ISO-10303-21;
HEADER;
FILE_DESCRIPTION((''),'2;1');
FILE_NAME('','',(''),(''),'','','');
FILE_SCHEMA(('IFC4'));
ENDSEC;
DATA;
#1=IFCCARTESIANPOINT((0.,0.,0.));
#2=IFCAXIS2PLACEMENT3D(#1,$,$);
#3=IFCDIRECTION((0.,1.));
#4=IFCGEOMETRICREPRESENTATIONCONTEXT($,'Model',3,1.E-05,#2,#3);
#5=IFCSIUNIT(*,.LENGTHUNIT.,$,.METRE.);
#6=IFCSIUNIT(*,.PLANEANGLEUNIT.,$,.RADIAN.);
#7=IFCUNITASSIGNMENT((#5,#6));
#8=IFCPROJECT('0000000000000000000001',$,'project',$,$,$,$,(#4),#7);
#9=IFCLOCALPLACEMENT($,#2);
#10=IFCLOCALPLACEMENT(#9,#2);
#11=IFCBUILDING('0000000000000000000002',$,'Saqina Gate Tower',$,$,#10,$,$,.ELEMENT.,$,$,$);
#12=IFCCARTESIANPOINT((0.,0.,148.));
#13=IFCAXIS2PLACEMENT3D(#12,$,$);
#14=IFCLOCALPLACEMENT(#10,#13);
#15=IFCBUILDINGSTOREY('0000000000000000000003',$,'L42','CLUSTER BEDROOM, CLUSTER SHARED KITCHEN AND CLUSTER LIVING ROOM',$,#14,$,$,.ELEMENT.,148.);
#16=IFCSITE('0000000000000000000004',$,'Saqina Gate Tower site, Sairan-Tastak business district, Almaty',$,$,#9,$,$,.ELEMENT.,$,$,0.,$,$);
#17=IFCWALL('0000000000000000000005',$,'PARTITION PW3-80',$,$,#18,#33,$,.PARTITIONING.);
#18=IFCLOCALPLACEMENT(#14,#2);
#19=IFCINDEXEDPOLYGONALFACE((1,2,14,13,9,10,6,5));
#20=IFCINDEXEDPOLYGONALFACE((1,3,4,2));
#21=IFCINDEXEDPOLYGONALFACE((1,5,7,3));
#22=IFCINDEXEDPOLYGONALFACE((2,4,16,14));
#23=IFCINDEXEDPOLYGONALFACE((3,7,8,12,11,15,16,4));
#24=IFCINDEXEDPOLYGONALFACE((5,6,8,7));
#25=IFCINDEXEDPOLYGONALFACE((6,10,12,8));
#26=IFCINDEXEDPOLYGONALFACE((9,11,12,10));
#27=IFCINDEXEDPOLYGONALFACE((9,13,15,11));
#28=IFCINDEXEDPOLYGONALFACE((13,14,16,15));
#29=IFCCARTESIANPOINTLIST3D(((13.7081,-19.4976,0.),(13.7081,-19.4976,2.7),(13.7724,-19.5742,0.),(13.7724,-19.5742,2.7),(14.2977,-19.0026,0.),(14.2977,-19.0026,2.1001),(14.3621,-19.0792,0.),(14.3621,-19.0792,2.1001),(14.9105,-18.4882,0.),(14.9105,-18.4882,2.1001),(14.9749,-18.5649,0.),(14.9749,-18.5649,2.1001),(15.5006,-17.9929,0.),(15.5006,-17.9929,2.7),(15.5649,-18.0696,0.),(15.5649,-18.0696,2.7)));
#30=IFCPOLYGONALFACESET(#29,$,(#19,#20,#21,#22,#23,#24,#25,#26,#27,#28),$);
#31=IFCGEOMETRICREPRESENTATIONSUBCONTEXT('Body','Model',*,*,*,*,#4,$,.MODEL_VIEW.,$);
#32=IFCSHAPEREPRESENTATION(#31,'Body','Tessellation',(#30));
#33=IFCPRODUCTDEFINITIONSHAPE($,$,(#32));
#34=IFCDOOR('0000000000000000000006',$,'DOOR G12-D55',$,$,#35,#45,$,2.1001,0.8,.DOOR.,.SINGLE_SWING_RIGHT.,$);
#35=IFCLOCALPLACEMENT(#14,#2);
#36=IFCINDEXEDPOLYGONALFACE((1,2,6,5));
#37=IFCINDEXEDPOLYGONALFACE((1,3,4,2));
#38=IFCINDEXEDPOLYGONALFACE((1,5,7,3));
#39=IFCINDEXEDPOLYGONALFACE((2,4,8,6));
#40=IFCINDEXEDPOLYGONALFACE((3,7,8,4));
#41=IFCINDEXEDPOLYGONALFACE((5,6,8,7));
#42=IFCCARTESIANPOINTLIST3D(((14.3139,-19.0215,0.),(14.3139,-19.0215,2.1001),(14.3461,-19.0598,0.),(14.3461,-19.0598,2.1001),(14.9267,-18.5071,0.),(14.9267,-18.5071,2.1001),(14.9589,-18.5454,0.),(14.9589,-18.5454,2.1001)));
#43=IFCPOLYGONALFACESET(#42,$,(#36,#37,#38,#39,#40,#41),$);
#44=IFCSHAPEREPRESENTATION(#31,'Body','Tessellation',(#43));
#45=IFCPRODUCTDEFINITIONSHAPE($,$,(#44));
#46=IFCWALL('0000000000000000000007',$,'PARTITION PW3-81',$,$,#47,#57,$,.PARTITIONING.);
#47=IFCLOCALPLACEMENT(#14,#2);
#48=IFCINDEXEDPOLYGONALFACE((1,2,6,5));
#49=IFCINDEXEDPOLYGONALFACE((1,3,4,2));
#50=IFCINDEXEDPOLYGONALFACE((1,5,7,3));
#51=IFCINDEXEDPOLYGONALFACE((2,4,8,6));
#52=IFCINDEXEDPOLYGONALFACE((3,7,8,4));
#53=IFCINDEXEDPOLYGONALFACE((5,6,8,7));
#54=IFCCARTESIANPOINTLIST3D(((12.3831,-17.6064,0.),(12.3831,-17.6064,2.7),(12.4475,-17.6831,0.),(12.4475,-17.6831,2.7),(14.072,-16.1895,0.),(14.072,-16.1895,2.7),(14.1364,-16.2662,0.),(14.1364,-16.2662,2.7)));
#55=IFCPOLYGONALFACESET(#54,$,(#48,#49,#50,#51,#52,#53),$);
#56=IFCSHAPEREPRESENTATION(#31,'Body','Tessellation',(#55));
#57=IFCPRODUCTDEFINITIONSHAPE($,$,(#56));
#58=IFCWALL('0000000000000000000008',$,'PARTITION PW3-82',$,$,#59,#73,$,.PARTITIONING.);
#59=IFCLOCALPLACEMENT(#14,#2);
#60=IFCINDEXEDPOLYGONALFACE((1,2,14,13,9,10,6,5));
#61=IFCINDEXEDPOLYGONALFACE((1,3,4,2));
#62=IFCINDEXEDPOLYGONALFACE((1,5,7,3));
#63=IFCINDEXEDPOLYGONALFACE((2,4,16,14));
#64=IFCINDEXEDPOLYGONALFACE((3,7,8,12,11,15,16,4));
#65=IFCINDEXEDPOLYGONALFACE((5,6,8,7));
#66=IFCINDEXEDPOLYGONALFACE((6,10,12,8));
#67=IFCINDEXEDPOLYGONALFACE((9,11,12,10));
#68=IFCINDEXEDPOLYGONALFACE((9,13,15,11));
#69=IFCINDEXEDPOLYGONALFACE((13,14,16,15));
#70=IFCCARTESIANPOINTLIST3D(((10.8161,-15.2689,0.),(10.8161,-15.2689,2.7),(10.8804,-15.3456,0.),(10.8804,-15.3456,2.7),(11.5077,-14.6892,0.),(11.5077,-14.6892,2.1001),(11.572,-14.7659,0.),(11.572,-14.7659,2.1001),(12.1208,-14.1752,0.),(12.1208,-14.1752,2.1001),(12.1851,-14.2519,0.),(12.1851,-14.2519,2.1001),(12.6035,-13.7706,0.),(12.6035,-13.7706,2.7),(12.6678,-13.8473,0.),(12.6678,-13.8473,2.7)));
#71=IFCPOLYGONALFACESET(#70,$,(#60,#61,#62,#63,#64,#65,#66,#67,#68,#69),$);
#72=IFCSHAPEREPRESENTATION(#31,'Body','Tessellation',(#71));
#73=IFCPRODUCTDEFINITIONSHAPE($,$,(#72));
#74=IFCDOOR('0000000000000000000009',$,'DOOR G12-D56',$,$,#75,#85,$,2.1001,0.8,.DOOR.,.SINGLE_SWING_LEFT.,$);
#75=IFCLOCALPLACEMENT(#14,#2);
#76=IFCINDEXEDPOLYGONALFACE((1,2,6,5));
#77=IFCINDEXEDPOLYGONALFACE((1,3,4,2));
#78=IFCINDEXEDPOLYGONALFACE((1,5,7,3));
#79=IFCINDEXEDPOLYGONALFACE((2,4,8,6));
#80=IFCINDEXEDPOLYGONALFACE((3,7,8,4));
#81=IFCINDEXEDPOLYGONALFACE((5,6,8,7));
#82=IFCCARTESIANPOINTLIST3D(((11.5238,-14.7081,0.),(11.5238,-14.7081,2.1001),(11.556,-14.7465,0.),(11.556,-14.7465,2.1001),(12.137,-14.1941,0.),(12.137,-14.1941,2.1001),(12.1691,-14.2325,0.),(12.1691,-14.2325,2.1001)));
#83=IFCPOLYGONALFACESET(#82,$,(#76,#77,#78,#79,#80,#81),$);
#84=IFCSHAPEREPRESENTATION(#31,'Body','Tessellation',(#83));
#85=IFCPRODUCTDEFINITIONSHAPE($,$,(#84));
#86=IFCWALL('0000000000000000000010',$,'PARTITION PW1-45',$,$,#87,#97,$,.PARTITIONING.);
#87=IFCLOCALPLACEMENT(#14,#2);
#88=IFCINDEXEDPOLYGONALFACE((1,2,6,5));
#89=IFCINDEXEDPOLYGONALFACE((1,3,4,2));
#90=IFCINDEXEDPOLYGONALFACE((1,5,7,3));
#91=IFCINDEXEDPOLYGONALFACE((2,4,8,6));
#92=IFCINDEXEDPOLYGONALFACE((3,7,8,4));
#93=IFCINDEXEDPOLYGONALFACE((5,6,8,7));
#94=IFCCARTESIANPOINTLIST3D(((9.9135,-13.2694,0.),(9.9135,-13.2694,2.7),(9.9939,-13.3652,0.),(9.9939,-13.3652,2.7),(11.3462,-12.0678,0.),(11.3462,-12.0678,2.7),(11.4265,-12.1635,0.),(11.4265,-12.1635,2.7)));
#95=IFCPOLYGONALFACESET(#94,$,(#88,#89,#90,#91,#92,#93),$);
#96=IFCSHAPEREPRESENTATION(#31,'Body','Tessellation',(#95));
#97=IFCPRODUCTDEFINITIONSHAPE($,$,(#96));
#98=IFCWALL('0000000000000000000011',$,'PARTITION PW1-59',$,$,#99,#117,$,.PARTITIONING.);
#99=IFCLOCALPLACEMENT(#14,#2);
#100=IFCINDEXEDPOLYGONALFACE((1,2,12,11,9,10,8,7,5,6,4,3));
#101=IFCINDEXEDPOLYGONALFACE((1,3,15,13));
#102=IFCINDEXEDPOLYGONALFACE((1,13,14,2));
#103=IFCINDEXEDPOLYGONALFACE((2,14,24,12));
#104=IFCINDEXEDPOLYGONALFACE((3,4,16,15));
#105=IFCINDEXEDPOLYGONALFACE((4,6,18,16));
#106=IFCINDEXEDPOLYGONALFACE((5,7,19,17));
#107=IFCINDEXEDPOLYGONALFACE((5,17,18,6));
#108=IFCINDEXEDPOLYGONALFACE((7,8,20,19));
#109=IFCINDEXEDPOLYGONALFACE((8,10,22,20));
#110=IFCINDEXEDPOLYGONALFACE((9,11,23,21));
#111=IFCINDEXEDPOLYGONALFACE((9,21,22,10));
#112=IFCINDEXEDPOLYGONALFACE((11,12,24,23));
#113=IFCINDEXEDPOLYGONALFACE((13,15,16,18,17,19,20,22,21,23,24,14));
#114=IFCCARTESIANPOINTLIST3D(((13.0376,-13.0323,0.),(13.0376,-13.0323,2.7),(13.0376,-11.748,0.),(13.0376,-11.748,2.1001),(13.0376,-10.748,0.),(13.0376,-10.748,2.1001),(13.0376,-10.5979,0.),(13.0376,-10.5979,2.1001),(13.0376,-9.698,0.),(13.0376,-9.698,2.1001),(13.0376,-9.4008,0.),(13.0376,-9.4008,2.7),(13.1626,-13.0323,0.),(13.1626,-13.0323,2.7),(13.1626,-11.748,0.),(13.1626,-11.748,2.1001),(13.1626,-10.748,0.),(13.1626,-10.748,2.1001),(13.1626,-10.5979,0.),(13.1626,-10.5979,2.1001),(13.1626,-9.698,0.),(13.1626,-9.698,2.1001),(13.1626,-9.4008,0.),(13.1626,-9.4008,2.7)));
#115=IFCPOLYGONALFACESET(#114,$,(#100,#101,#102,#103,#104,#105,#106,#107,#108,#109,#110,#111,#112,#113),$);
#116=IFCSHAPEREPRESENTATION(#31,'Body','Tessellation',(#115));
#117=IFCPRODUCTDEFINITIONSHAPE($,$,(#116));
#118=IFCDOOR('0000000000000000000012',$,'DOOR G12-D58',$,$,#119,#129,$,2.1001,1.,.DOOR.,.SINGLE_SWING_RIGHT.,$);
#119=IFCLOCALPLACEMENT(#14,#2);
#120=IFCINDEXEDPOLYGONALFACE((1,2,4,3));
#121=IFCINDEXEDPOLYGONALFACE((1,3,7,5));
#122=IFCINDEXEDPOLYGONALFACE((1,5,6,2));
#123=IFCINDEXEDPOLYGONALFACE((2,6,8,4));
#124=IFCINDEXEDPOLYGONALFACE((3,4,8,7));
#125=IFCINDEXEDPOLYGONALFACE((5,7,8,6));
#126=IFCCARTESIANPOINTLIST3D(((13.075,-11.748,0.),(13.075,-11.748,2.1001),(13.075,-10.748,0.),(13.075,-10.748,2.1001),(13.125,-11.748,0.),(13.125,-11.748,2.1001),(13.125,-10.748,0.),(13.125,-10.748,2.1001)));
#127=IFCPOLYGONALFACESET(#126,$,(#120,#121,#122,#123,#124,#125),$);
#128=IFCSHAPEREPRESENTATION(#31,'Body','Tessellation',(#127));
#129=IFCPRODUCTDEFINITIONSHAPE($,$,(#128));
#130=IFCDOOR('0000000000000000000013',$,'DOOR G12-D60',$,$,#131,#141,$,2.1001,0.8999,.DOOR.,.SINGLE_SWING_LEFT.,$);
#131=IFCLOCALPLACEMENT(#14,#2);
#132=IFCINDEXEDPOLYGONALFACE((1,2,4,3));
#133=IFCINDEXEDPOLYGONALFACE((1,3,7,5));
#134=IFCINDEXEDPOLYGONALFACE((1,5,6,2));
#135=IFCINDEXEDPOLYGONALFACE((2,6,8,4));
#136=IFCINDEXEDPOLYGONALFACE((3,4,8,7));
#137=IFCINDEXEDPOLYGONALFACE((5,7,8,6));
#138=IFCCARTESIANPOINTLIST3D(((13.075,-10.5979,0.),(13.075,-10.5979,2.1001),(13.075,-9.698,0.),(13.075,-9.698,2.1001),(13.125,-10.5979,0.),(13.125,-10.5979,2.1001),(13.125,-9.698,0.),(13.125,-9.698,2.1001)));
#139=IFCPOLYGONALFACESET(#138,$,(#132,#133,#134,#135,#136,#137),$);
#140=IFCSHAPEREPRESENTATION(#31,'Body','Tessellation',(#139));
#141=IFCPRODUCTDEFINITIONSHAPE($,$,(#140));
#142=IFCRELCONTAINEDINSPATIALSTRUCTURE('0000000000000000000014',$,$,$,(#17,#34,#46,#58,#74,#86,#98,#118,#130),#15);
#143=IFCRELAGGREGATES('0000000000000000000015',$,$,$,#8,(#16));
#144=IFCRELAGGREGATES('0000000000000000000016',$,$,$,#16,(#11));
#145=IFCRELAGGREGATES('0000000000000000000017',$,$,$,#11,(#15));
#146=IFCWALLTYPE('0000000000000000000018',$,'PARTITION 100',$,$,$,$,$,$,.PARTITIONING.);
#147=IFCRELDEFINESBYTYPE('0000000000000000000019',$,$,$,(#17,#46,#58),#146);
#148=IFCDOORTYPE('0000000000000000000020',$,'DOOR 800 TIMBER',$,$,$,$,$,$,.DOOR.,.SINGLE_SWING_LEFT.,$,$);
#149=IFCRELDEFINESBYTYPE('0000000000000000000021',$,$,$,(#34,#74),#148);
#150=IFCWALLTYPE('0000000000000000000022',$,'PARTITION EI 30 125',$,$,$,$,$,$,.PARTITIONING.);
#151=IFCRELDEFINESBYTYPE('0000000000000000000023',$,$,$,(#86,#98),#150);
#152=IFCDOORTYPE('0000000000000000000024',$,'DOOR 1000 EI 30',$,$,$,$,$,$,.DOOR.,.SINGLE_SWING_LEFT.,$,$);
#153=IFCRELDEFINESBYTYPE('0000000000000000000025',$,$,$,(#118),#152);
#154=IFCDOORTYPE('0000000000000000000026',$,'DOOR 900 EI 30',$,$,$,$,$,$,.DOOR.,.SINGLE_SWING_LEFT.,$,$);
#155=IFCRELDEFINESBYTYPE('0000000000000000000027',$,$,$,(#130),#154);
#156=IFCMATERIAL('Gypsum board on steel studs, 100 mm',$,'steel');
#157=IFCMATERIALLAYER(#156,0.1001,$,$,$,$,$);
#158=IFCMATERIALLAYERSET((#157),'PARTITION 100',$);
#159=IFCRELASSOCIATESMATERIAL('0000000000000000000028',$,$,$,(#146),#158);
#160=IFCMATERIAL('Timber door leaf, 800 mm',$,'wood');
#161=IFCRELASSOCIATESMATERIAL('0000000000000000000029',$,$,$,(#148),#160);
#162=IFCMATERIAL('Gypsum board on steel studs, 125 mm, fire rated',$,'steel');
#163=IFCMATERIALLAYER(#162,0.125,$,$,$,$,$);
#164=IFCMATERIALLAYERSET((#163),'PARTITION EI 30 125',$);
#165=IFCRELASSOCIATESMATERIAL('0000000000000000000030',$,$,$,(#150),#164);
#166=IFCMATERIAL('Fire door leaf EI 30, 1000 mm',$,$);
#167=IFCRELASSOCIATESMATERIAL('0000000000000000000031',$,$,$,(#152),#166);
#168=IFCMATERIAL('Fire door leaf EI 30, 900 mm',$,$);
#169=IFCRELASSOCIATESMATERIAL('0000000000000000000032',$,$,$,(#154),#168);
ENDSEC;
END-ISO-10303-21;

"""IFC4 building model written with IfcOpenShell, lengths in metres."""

from ifc_helpers import new_model, si_unit, direction, frame, frame_2d, origin, place, context, subcontext, project, spatial, rectangle, extrude, material, layer, layer_set, type_object, element, fill, save


model = new_model("IFC4")

# Units and contexts
model_context = context("Model", 3, precision=1e-05, world=origin(), true_north=direction((0.0, 1.0)))
body_context = subcontext(model_context, "Body", "Model", "MODEL_VIEW")
ifc_project = project(units=[si_unit("LENGTHUNIT", "METRE"), si_unit("PLANEANGLEUNIT", "RADIAN")], contexts=[model_context])

# Site, building, storey
site_placement = place(None, origin())
site = spatial("IfcSite", under=ifc_project, at=site_placement, Name="Saqina Gate Tower site, Sairan-Tastak business district, Almaty", CompositionType="ELEMENT", RefElevation=0.0)
building_placement = place(site_placement, origin())
building = spatial("IfcBuilding", under=site, at=building_placement, Name="Saqina Gate Tower", CompositionType="ELEMENT")
storey_placement = place(building_placement, frame((0.0, 0.0, 148.0)))
storey = spatial("IfcBuildingStorey", under=building, at=storey_placement, Name="L42", Description="CLUSTER BEDROOM, CLUSTER SHARED KITCHEN AND CLUSTER LIVING ROOM", CompositionType="ELEMENT", Elevation=148.0)

# Shared definitions
ifc_material_1 = material(Name="Gypsum board on steel studs, 100 mm", Category="steel")
ifc_layer_1 = layer(ifc_material_1, 0.1001)
ifc_layer_set_1 = layer_set([ifc_layer_1], Name="PARTITION 100")
wall_type_1 = type_object("IfcWallType", Name="PARTITION 100", PredefinedType="PARTITIONING", material=ifc_layer_set_1)

# Shared definitions
ifc_material_2 = material(Name="Timber door leaf, 800 mm", Category="wood")
door_type_1 = type_object("IfcDoorType", Name="DOOR 800 TIMBER", OperationType="SINGLE_SWING_LEFT", PredefinedType="DOOR", material=ifc_material_2)

# Wall, opening, door
wall_1_placement = place(storey_placement, frame((13.7402, -19.5359, 0.0), z_axis=(0.0, 0.0, 1.0), x_axis=(0.765925, 0.64293, 0.0)))
wall_1 = element("IfcWall", 1, at=wall_1_placement, inside=storey, type_object=wall_type_1, Name="PARTITION PW3-80", PredefinedType="PARTITIONING", context=body_context, shape_type="SweptSolid", body=[
    extrude(rectangle(XDim=2.3403, YDim=0.1001, at=frame_2d((1.1702, 0.0))), origin(), (0.0, 0.0, 1.0), 2.7),
])
opening_1_placement = place(wall_1_placement, frame((0.77, 0.0, 0.0)))
opening_1 = element("IfcOpeningElement", 2, at=opening_1_placement, cuts=wall_1, PredefinedType="OPENING", context=body_context, shape_type="SweptSolid", body=[
    extrude(rectangle(XDim=0.8, YDim=2.1001, at=frame_2d((0.3999, 1.05))), frame((0.0, 0.062, 0.0), z_axis=(0.0, -1.0, 0.0), x_axis=(1.0, 0.0, 0.0)), (0.0, 0.0, 1.0), 0.124),
])
door_1_placement = place(opening_1_placement, frame((0.8, 0.0, 0.0), z_axis=(0.0, 0.0, 1.0), x_axis=(-1.0, 0.0, 0.0)))
door_1 = element("IfcDoor", 3, at=door_1_placement, inside=storey, type_object=door_type_1, Name="DOOR G12-D55", OperationType="SINGLE_SWING_RIGHT", OverallHeight=2.1001, OverallWidth=0.8, PredefinedType="DOOR", context=body_context, shape_type="SweptSolid", body=[
    extrude(rectangle(XDim=0.8, YDim=2.1001, at=frame_2d((0.3999, 1.05))), frame((0.0, 0.0249, 0.0), z_axis=(0.0, -1.0, 0.0), x_axis=(1.0, 0.0, 0.0)), (0.0, 0.0, 1.0), 0.05),
])
fill(opening_1, door_1)

# Wall
wall_2_placement = place(storey_placement, frame((12.4153, -17.6448, 0.0), z_axis=(0.0, 0.0, 1.0), x_axis=(0.766093, 0.64273, 0.0)))
element("IfcWall", 4, at=wall_2_placement, inside=storey, type_object=wall_type_1, Name="PARTITION PW3-81", PredefinedType="PARTITIONING", context=body_context, shape_type="SweptSolid", body=[
    extrude(rectangle(XDim=2.2046, YDim=0.1001, at=frame_2d((1.1023, 0.0))), origin(), (0.0, 0.0, 1.0), 2.7),
])

# Wall, opening, door
wall_3_placement = place(storey_placement, frame((10.8484, -15.3071, 0.0), z_axis=(0.0, 0.0, 1.0), x_axis=(0.766356, 0.642416, 0.0)))
wall_3 = element("IfcWall", 5, at=wall_3_placement, inside=storey, type_object=wall_type_1, Name="PARTITION PW3-82", PredefinedType="PARTITIONING", context=body_context, shape_type="SweptSolid", body=[
    extrude(rectangle(XDim=2.3323, YDim=0.1001, at=frame_2d((1.166, 0.0))), origin(), (0.0, 0.0, 1.0), 2.7),
])
opening_2_placement = place(wall_3_placement, frame((0.9023, 0.0, 0.0)))
opening_2 = element("IfcOpeningElement", 6, at=opening_2_placement, cuts=wall_3, PredefinedType="OPENING", context=body_context, shape_type="SweptSolid", body=[
    extrude(rectangle(XDim=0.8, YDim=2.1001, at=frame_2d((0.3999, 1.05))), frame((0.0, 0.062, 0.0), z_axis=(0.0, -1.0, 0.0), x_axis=(1.0, 0.0, 0.0)), (0.0, 0.0, 1.0), 0.124),
])
door_2_placement = place(opening_2_placement, frame((0.8, 0.0, 0.0), z_axis=(0.0, 0.0, 1.0), x_axis=(-1.0, 0.0, 0.0)))
door_2 = element("IfcDoor", 7, at=door_2_placement, inside=storey, type_object=door_type_1, Name="DOOR G12-D56", OperationType="SINGLE_SWING_LEFT", OverallHeight=2.1001, OverallWidth=0.8, PredefinedType="DOOR", context=body_context, shape_type="SweptSolid", body=[
    extrude(rectangle(XDim=0.8, YDim=2.1001, at=frame_2d((0.3999, 1.05))), frame((0.0, 0.0249, 0.0), z_axis=(0.0, -1.0, 0.0), x_axis=(1.0, 0.0, 0.0)), (0.0, 0.0, 1.0), 0.05),
])
fill(opening_2, door_2)

# Wall
ifc_material_3 = material(Name="Gypsum board on steel studs, 125 mm, fire rated", Category="steel")
ifc_layer_2 = layer(ifc_material_3, 0.125)
ifc_layer_set_2 = layer_set([ifc_layer_2], Name="PARTITION EI 30 125")
wall_type_2 = type_object("IfcWallType", Name="PARTITION EI 30 125", PredefinedType="PARTITIONING", material=ifc_layer_set_2)
wall_4_placement = place(storey_placement, frame((9.9536, -13.3174, 0.0), z_axis=(0.0, 0.0, 1.0), x_axis=(0.766163, 0.642647, 0.0)))
element("IfcWall", 8, at=wall_4_placement, inside=storey, type_object=wall_type_2, Name="PARTITION PW1-45", PredefinedType="PARTITIONING", context=body_context, shape_type="SweptSolid", body=[
    extrude(rectangle(XDim=1.8699, YDim=0.125, at=frame_2d((0.9351, 0.0))), origin(), (0.0, 0.0, 1.0), 2.7),
])

# Wall, openings, doors
wall_5_placement = place(storey_placement, frame((13.1001, -13.0325, 0.0), z_axis=(0.0, 0.0, 1.0), x_axis=(0.0, 1.0, 0.0)))
wall_5 = element("IfcWall", 9, at=wall_5_placement, inside=storey, type_object=wall_type_2, Name="PARTITION PW1-59", PredefinedType="PARTITIONING", context=body_context, shape_type="SweptSolid", body=[
    extrude(rectangle(XDim=3.6316, YDim=0.125, at=frame_2d((1.8159, 0.0))), origin(), (0.0, 0.0, 1.0), 2.7),
])
opening_3_placement = place(wall_5_placement, frame((1.2844, 0.0, 0.0)))
opening_3 = element("IfcOpeningElement", 10, at=opening_3_placement, cuts=wall_5, PredefinedType="OPENING", context=body_context, shape_type="SweptSolid", body=[
    extrude(rectangle(XDim=1.0, YDim=2.1001, at=frame_2d((0.5, 1.05))), frame((0.0, 0.0745, 0.0), z_axis=(0.0, -1.0, 0.0), x_axis=(1.0, 0.0, 0.0)), (0.0, 0.0, 1.0), 0.1489),
])
opening_4_placement = place(wall_5_placement, frame((2.4346, 0.0, 0.0)))
opening_4 = element("IfcOpeningElement", 11, at=opening_4_placement, cuts=wall_5, PredefinedType="OPENING", context=body_context, shape_type="SweptSolid", body=[
    extrude(rectangle(XDim=0.8999, YDim=2.1001, at=frame_2d((0.45, 1.05))), frame((0.0, 0.0745, 0.0), z_axis=(0.0, -1.0, 0.0), x_axis=(1.0, 0.0, 0.0)), (0.0, 0.0, 1.0), 0.1489),
])
ifc_material_4 = material(Name="Fire door leaf EI 30, 1000 mm")
door_type_2 = type_object("IfcDoorType", Name="DOOR 1000 EI 30", OperationType="SINGLE_SWING_LEFT", PredefinedType="DOOR", material=ifc_material_4)
door_3_placement = place(opening_3_placement, frame((1.0, 0.0, 0.0), z_axis=(0.0, 0.0, 1.0), x_axis=(-1.0, 0.0, 0.0)))
door_3 = element("IfcDoor", 12, at=door_3_placement, inside=storey, type_object=door_type_2, Name="DOOR G12-D58", OperationType="SINGLE_SWING_RIGHT", OverallHeight=2.1001, OverallWidth=1.0, PredefinedType="DOOR", context=body_context, shape_type="SweptSolid", body=[
    extrude(rectangle(XDim=1.0, YDim=2.1001, at=frame_2d((0.5, 1.05))), frame((0.0, 0.0249, 0.0), z_axis=(0.0, -1.0, 0.0), x_axis=(1.0, 0.0, 0.0)), (0.0, 0.0, 1.0), 0.05),
])
fill(opening_3, door_3)
ifc_material_5 = material(Name="Fire door leaf EI 30, 900 mm")
door_type_3 = type_object("IfcDoorType", Name="DOOR 900 EI 30", OperationType="SINGLE_SWING_LEFT", PredefinedType="DOOR", material=ifc_material_5)
door_4_placement = place(opening_4_placement, frame((0.8999, 0.0, 0.0), z_axis=(0.0, 0.0, 1.0), x_axis=(-1.0, 0.0, 0.0)))
door_4 = element("IfcDoor", 13, at=door_4_placement, inside=storey, type_object=door_type_3, Name="DOOR G12-D60", OperationType="SINGLE_SWING_LEFT", OverallHeight=2.1001, OverallWidth=0.8999, PredefinedType="DOOR", context=body_context, shape_type="SweptSolid", body=[
    extrude(rectangle(XDim=0.8999, YDim=2.1001, at=frame_2d((0.45, 1.05))), frame((0.0, 0.0249, 0.0), z_axis=(0.0, -1.0, 0.0), x_axis=(1.0, 0.0, 0.0)), (0.0, 0.0, 1.0), 0.05),
])
fill(opening_4, door_4)

save(model, "model.ifc")
